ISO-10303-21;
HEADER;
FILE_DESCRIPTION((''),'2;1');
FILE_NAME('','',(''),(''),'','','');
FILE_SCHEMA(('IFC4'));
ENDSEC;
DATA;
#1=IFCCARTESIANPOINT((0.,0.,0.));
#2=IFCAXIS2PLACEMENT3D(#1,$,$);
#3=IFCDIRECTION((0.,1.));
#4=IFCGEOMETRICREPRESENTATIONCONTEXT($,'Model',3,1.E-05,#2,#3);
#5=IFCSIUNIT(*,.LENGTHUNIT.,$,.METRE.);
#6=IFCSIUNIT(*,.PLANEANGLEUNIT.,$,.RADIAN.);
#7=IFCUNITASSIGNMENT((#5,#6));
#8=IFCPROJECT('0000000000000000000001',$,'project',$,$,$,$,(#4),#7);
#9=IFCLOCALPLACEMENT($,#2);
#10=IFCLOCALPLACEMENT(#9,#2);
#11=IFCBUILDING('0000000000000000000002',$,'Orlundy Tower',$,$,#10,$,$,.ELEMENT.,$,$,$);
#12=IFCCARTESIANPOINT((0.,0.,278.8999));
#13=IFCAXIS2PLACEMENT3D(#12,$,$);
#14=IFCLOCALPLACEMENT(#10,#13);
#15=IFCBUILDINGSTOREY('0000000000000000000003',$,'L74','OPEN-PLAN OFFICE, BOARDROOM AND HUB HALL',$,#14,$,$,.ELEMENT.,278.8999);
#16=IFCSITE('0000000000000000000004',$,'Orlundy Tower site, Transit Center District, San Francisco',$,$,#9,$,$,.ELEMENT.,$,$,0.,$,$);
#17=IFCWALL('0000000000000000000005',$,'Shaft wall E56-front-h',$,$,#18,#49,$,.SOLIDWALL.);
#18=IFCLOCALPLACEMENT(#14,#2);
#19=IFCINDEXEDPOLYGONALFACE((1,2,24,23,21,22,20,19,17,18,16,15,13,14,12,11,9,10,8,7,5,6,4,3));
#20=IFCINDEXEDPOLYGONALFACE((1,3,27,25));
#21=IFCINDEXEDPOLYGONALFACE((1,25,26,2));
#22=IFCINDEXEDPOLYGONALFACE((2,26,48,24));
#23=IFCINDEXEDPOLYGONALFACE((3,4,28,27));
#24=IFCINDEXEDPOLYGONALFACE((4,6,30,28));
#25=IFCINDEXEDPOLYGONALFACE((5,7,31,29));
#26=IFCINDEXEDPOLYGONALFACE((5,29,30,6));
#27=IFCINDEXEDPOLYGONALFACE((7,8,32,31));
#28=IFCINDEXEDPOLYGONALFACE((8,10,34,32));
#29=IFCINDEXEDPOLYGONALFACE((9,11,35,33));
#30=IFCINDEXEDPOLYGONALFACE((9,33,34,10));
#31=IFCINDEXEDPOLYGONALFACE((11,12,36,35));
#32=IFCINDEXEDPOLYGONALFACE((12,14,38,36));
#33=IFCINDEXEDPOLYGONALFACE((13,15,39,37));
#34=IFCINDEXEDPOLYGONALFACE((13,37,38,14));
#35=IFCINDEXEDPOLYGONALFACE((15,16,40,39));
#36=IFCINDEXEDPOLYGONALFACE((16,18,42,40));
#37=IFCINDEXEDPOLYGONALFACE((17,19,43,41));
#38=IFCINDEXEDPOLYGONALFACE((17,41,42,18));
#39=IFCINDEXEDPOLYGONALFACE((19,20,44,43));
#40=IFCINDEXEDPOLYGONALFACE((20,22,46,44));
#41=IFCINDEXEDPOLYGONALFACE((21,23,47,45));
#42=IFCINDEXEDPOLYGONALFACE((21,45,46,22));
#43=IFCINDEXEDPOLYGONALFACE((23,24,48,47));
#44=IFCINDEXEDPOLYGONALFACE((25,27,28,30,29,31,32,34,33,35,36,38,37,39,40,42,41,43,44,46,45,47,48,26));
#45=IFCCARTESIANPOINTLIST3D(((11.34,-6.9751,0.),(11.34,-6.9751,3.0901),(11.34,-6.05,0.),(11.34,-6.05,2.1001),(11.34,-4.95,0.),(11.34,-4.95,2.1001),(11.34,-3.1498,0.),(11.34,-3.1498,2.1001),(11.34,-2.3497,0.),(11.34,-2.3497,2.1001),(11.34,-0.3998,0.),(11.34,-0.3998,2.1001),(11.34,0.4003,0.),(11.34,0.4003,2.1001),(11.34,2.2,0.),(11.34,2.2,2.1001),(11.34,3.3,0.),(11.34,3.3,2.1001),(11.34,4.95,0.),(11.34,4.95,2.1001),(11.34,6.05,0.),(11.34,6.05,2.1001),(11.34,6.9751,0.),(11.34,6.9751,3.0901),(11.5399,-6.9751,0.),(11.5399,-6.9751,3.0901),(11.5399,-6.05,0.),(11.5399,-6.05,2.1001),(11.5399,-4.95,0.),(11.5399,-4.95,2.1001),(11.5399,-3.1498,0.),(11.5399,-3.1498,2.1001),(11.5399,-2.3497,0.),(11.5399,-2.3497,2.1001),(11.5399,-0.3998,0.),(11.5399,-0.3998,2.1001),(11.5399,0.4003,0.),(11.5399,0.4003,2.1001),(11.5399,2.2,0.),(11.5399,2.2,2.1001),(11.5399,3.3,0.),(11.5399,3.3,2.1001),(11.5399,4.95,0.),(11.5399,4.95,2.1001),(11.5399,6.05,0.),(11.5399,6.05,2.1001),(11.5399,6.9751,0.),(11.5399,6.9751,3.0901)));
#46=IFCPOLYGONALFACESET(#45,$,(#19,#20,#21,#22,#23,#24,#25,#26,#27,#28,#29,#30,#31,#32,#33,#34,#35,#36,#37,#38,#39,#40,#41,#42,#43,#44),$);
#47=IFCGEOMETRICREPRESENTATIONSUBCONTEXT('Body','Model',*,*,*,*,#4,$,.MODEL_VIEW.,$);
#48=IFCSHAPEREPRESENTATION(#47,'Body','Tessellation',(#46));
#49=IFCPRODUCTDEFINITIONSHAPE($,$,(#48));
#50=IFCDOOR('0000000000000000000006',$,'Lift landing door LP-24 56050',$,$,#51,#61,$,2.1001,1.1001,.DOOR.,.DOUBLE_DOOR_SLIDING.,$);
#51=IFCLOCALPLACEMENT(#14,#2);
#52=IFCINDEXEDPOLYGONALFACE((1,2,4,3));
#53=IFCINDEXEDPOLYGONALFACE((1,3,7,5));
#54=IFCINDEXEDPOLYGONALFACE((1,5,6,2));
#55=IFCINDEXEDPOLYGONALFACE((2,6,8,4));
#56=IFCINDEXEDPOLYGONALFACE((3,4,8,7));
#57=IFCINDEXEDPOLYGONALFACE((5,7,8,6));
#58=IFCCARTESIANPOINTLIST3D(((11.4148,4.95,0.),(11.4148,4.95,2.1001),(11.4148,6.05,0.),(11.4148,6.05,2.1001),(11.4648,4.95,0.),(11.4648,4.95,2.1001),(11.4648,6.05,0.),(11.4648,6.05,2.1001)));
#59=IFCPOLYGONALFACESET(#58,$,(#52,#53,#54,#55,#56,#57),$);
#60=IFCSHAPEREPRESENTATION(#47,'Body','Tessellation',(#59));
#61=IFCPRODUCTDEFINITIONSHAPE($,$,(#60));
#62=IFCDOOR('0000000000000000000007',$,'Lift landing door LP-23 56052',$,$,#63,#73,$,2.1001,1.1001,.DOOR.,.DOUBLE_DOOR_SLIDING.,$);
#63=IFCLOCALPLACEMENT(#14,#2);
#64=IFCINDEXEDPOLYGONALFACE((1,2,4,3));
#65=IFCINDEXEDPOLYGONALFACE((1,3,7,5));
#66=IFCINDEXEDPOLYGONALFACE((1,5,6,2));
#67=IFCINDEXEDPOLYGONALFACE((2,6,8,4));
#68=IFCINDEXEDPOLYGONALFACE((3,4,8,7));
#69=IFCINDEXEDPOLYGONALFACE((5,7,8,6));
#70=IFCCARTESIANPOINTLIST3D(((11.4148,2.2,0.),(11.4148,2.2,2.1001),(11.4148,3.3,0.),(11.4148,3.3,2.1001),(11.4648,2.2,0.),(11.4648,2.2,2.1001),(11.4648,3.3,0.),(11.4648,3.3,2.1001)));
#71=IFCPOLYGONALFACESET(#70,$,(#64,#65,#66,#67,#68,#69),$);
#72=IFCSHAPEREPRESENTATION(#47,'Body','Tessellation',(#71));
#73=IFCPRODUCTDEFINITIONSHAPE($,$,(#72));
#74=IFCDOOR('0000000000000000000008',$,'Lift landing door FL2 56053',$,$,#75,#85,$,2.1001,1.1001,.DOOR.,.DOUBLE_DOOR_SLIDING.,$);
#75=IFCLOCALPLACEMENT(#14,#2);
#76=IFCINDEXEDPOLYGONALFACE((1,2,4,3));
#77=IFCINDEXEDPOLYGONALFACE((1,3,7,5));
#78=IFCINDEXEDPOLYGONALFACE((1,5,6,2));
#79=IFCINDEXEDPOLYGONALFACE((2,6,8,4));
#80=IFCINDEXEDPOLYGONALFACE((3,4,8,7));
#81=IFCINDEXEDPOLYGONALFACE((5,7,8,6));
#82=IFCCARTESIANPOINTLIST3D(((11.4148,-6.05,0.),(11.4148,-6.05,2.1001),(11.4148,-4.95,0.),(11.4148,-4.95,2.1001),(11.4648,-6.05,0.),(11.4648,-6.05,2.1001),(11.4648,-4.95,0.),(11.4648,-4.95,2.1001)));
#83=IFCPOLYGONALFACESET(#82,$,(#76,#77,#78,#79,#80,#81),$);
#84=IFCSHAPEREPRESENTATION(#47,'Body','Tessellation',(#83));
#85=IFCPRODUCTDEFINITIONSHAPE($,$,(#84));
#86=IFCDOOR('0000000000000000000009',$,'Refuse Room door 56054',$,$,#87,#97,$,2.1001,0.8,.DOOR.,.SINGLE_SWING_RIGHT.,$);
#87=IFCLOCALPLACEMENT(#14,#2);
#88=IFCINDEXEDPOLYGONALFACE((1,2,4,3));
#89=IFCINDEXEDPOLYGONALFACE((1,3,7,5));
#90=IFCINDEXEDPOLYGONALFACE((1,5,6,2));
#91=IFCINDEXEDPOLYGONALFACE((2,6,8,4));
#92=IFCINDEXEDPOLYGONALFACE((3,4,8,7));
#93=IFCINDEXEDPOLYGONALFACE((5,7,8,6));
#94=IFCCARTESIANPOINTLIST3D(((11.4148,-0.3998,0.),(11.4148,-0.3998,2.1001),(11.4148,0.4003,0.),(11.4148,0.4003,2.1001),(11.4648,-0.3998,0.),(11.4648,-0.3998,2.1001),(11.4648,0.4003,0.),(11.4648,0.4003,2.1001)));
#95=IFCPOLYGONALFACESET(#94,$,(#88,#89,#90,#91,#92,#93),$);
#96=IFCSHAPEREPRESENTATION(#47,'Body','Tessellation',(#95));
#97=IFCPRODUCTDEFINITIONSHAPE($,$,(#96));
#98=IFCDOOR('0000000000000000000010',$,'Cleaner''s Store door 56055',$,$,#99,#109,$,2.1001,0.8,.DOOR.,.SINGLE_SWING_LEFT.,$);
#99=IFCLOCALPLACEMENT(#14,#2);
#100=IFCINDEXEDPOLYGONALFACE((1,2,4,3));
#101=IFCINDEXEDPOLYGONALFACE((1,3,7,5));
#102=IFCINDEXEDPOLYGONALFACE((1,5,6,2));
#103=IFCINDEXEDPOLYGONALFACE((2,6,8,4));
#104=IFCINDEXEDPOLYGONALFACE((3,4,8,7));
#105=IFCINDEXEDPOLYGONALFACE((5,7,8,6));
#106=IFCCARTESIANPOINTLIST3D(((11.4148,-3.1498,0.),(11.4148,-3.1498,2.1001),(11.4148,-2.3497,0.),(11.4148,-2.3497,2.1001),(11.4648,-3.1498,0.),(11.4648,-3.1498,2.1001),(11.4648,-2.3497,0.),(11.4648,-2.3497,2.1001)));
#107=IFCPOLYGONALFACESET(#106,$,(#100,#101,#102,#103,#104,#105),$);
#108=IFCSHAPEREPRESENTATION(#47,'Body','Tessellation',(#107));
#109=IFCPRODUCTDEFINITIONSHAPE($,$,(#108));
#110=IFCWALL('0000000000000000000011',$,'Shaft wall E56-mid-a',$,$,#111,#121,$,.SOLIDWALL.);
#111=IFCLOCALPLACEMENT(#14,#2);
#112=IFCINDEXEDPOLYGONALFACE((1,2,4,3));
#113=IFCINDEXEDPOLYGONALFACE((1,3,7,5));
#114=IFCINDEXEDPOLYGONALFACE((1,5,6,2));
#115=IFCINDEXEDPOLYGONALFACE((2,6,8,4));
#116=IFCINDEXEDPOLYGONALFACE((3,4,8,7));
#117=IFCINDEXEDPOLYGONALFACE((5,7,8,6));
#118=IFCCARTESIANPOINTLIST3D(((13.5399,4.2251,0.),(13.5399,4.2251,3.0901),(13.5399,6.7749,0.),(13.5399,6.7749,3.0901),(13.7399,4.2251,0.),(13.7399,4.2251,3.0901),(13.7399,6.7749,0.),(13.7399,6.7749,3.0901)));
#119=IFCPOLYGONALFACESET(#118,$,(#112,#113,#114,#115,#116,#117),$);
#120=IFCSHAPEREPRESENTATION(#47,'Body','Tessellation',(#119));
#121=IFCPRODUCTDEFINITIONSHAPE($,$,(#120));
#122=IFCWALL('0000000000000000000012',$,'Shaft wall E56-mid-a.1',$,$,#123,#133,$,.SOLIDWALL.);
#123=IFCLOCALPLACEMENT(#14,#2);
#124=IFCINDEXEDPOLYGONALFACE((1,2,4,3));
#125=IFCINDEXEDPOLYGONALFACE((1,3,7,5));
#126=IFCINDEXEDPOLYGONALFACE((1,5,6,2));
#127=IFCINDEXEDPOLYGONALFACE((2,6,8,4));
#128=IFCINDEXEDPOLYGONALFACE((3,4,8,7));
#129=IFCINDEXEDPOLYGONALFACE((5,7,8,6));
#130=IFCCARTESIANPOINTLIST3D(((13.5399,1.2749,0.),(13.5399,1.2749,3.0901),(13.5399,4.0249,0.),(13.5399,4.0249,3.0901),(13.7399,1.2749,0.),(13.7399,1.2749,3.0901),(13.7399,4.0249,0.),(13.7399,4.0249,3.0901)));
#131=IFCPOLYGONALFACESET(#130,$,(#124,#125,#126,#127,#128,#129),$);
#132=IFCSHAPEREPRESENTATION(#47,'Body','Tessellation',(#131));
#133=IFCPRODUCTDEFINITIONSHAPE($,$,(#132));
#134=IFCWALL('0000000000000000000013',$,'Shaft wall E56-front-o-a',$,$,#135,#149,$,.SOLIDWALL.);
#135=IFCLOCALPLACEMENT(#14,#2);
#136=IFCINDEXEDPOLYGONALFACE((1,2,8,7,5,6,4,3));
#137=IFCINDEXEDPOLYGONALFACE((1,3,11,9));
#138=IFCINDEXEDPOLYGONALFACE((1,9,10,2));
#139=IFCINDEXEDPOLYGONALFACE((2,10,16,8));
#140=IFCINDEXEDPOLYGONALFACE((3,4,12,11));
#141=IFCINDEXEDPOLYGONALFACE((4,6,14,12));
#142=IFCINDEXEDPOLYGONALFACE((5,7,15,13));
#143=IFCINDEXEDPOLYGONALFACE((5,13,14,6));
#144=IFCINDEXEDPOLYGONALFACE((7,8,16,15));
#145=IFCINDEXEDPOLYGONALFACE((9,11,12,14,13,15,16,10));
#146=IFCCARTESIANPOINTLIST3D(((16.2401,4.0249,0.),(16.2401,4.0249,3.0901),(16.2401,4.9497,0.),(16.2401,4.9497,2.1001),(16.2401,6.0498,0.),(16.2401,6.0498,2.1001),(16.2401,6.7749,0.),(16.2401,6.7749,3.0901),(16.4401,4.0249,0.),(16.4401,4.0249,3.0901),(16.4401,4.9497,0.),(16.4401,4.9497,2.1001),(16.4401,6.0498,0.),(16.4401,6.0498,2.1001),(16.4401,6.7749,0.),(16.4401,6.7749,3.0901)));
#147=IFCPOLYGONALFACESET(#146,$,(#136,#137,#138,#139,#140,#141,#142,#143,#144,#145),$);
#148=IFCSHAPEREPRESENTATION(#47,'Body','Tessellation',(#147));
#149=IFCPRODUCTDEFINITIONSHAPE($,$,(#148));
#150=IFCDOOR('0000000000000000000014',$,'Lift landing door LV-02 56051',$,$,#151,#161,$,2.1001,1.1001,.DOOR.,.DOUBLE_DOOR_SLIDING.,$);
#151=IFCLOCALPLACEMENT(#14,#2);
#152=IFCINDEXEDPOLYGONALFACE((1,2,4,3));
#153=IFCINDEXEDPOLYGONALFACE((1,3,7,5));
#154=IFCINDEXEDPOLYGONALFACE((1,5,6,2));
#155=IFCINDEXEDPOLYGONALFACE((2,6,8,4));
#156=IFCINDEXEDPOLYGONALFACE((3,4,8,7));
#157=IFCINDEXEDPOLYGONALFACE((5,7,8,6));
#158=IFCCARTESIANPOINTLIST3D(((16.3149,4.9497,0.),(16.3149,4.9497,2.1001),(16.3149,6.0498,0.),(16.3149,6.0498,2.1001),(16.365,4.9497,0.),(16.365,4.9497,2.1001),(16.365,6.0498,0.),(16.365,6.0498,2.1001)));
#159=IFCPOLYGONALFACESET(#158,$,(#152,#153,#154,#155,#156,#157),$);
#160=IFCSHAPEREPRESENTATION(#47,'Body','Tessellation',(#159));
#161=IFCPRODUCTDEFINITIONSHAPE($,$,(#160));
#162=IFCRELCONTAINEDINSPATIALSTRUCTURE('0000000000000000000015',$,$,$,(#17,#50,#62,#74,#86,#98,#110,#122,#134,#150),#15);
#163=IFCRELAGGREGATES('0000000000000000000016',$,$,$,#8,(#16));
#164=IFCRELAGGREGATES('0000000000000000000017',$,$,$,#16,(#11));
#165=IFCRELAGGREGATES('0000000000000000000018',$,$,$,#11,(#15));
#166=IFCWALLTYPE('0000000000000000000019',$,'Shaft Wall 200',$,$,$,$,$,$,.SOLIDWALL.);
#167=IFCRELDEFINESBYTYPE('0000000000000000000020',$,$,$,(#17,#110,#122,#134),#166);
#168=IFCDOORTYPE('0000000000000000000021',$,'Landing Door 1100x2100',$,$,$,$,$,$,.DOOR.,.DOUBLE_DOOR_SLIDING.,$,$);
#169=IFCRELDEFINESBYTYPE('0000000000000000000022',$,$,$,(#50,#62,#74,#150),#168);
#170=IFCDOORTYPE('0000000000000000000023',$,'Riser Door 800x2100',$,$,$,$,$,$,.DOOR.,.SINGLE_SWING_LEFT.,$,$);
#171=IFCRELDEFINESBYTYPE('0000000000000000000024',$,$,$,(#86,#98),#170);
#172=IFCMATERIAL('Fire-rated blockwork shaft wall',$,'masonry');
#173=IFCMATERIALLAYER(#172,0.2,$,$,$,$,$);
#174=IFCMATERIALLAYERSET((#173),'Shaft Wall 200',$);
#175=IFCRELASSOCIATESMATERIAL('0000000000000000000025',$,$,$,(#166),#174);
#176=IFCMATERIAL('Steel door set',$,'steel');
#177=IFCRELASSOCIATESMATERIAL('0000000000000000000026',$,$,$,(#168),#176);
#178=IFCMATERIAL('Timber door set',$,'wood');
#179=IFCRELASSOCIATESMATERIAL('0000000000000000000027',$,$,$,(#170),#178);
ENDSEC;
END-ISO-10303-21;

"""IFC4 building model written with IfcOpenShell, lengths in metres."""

from ifc_helpers import new_model, si_unit, direction, frame, frame_2d, origin, place, context, subcontext, project, spatial, rectangle, extrude, material, layer, layer_set, type_object, element, fill, save


model = new_model("IFC4")

# Units and contexts
model_context = context("Model", 3, precision=1e-05, world=origin(), true_north=direction((0.0, 1.0)))
body_context = subcontext(model_context, "Body", "Model", "MODEL_VIEW")
ifc_project = project(units=[si_unit("LENGTHUNIT", "METRE"), si_unit("PLANEANGLEUNIT", "RADIAN")], contexts=[model_context])

# Site, building, storey
site_placement = place(None, origin())
site = spatial("IfcSite", under=ifc_project, at=site_placement, Name="Orlundy Tower site, Transit Center District, San Francisco", CompositionType="ELEMENT", RefElevation=0.0)
building_placement = place(site_placement, origin())
building = spatial("IfcBuilding", under=site, at=building_placement, Name="Orlundy Tower", CompositionType="ELEMENT")
storey_placement = place(building_placement, frame((0.0, 0.0, 278.8999)))
storey = spatial("IfcBuildingStorey", under=building, at=storey_placement, Name="L74", Description="OPEN-PLAN OFFICE, BOARDROOM AND HUB HALL", CompositionType="ELEMENT", Elevation=278.8999)

# Shared definitions
ifc_material_1 = material(Name="Fire-rated blockwork shaft wall", Category="masonry")
ifc_layer_1 = layer(ifc_material_1, 0.2)
ifc_layer_set_1 = layer_set([ifc_layer_1], Name="Shaft Wall 200")
wall_type_1 = type_object("IfcWallType", Name="Shaft Wall 200", PredefinedType="SOLIDWALL", material=ifc_layer_set_1)

# Wall, openings, doors
wall_1_placement = place(storey_placement, frame((11.4399, 6.9751, 0.0), z_axis=(0.0, 0.0, 1.0), x_axis=(0.0, -1.0, 0.0)))
wall_1 = element("IfcWall", 1, at=wall_1_placement, inside=storey, type_object=wall_type_1, Name="Shaft wall E56-front-h", PredefinedType="SOLIDWALL", context=body_context, shape_type="SweptSolid", body=[
    extrude(rectangle(XDim=13.9502, YDim=0.2, at=frame_2d((6.9751, 0.0))), origin(), (0.0, 0.0, 1.0), 3.0901),
])
opening_1_placement = place(wall_1_placement, frame((0.925, 0.0, 0.0)))
opening_1 = element("IfcOpeningElement", 2, at=opening_1_placement, cuts=wall_1, PredefinedType="OPENING", context=body_context, shape_type="SweptSolid", body=[
    extrude(rectangle(XDim=1.1001, YDim=2.1001, at=frame_2d((0.55, 1.05))), frame((0.0, 0.1101, 0.0), z_axis=(0.0, -1.0, 0.0), x_axis=(1.0, 0.0, 0.0)), (0.0, 0.0, 1.0), 0.2202),
])
opening_2_placement = place(wall_1_placement, frame((3.675, 0.0, 0.0)))
opening_2 = element("IfcOpeningElement", 3, at=opening_2_placement, cuts=wall_1, PredefinedType="OPENING", context=body_context, shape_type="SweptSolid", body=[
    extrude(rectangle(XDim=1.1001, YDim=2.1001, at=frame_2d((0.55, 1.05))), frame((0.0, 0.1101, 0.0), z_axis=(0.0, -1.0, 0.0), x_axis=(1.0, 0.0, 0.0)), (0.0, 0.0, 1.0), 0.2202),
])
opening_3_placement = place(wall_1_placement, frame((11.925, 0.0, 0.0)))
opening_3 = element("IfcOpeningElement", 4, at=opening_3_placement, cuts=wall_1, PredefinedType="OPENING", context=body_context, shape_type="SweptSolid", body=[
    extrude(rectangle(XDim=1.1001, YDim=2.1001, at=frame_2d((0.55, 1.05))), frame((0.0, 0.1101, 0.0), z_axis=(0.0, -1.0, 0.0), x_axis=(1.0, 0.0, 0.0)), (0.0, 0.0, 1.0), 0.2202),
])
opening_4_placement = place(wall_1_placement, frame((6.575, 0.0, 0.0)))
opening_4 = element("IfcOpeningElement", 5, at=opening_4_placement, cuts=wall_1, PredefinedType="OPENING", context=body_context, shape_type="SweptSolid", body=[
    extrude(rectangle(XDim=0.8, YDim=2.1001, at=frame_2d((0.3999, 1.05))), frame((0.0, 0.1101, 0.0), z_axis=(0.0, -1.0, 0.0), x_axis=(1.0, 0.0, 0.0)), (0.0, 0.0, 1.0), 0.2202),
])
opening_5_placement = place(wall_1_placement, frame((9.325, 0.0, 0.0)))
opening_5 = element("IfcOpeningElement", 6, at=opening_5_placement, cuts=wall_1, PredefinedType="OPENING", context=body_context, shape_type="SweptSolid", body=[
    extrude(rectangle(XDim=0.8, YDim=2.1001, at=frame_2d((0.3999, 1.05))), frame((0.0, 0.1101, 0.0), z_axis=(0.0, -1.0, 0.0), x_axis=(1.0, 0.0, 0.0)), (0.0, 0.0, 1.0), 0.2202),
])
ifc_material_2 = material(Name="Steel door set", Category="steel")
door_type_1 = type_object("IfcDoorType", Name="Landing Door 1100x2100", OperationType="DOUBLE_DOOR_SLIDING", PredefinedType="DOOR", material=ifc_material_2)
door_1_placement = place(opening_1_placement, origin())
door_1 = element("IfcDoor", 7, at=door_1_placement, inside=storey, type_object=door_type_1, Name="Lift landing door LP-24 56050", OperationType="DOUBLE_DOOR_SLIDING", OverallHeight=2.1001, OverallWidth=1.1001, PredefinedType="DOOR", context=body_context, shape_type="SweptSolid", body=[
    extrude(rectangle(XDim=1.1001, YDim=2.1001, at=frame_2d((0.55, 1.05))), frame((0.0, 0.0249, 0.0), z_axis=(0.0, -1.0, 0.0), x_axis=(1.0, 0.0, 0.0)), (0.0, 0.0, 1.0), 0.05),
])
fill(opening_1, door_1)
door_2_placement = place(opening_2_placement, origin())
door_2 = element("IfcDoor", 8, at=door_2_placement, inside=storey, type_object=door_type_1, Name="Lift landing door LP-23 56052", OperationType="DOUBLE_DOOR_SLIDING", OverallHeight=2.1001, OverallWidth=1.1001, PredefinedType="DOOR", context=body_context, shape_type="SweptSolid", body=[
    extrude(rectangle(XDim=1.1001, YDim=2.1001, at=frame_2d((0.55, 1.05))), frame((0.0, 0.0249, 0.0), z_axis=(0.0, -1.0, 0.0), x_axis=(1.0, 0.0, 0.0)), (0.0, 0.0, 1.0), 0.05),
])
fill(opening_2, door_2)
door_3_placement = place(opening_3_placement, origin())
door_3 = element("IfcDoor", 9, at=door_3_placement, inside=storey, type_object=door_type_1, Name="Lift landing door FL2 56053", OperationType="DOUBLE_DOOR_SLIDING", OverallHeight=2.1001, OverallWidth=1.1001, PredefinedType="DOOR", context=body_context, shape_type="SweptSolid", body=[
    extrude(rectangle(XDim=1.1001, YDim=2.1001, at=frame_2d((0.55, 1.05))), frame((0.0, 0.0249, 0.0), z_axis=(0.0, -1.0, 0.0), x_axis=(1.0, 0.0, 0.0)), (0.0, 0.0, 1.0), 0.05),
])
fill(opening_3, door_3)
ifc_material_3 = material(Name="Timber door set", Category="wood")
door_type_2 = type_object("IfcDoorType", Name="Riser Door 800x2100", OperationType="SINGLE_SWING_LEFT", PredefinedType="DOOR", material=ifc_material_3)
door_4_placement = place(opening_4_placement, origin())
door_4 = element("IfcDoor", 10, at=door_4_placement, inside=storey, type_object=door_type_2, Name="Refuse Room door 56054", OperationType="SINGLE_SWING_RIGHT", OverallHeight=2.1001, OverallWidth=0.8, PredefinedType="DOOR", context=body_context, shape_type="SweptSolid", body=[
    extrude(rectangle(XDim=0.8, YDim=2.1001, at=frame_2d((0.3999, 1.05))), frame((0.0, 0.0249, 0.0), z_axis=(0.0, -1.0, 0.0), x_axis=(1.0, 0.0, 0.0)), (0.0, 0.0, 1.0), 0.05),
])
fill(opening_4, door_4)
door_5_placement = place(opening_5_placement, origin())
door_5 = element("IfcDoor", 11, at=door_5_placement, inside=storey, type_object=door_type_2, Name="Cleaner's Store door 56055", OperationType="SINGLE_SWING_LEFT", OverallHeight=2.1001, OverallWidth=0.8, PredefinedType="DOOR", context=body_context, shape_type="SweptSolid", body=[
    extrude(rectangle(XDim=0.8, YDim=2.1001, at=frame_2d((0.3999, 1.05))), frame((0.0, 0.0249, 0.0), z_axis=(0.0, -1.0, 0.0), x_axis=(1.0, 0.0, 0.0)), (0.0, 0.0, 1.0), 0.05),
])
fill(opening_5, door_5)

# Walls
wall_2_placement = place(storey_placement, frame((13.6399, 6.7749, 0.0), z_axis=(0.0, 0.0, 1.0), x_axis=(0.0, -1.0, 0.0)))
element("IfcWall", 12, at=wall_2_placement, inside=storey, type_object=wall_type_1, Name="Shaft wall E56-mid-a", PredefinedType="SOLIDWALL", context=body_context, shape_type="SweptSolid", body=[
    extrude(rectangle(XDim=2.5498, YDim=0.2, at=frame_2d((1.2749, 0.0))), origin(), (0.0, 0.0, 1.0), 3.0901),
])
wall_3_placement = place(storey_placement, frame((13.6399, 4.0249, 0.0), z_axis=(0.0, 0.0, 1.0), x_axis=(0.0, -1.0, 0.0)))
element("IfcWall", 13, at=wall_3_placement, inside=storey, type_object=wall_type_1, Name="Shaft wall E56-mid-a.1", PredefinedType="SOLIDWALL", context=body_context, shape_type="SweptSolid", body=[
    extrude(rectangle(XDim=2.75, YDim=0.2, at=frame_2d((1.375, 0.0))), origin(), (0.0, 0.0, 1.0), 3.0901),
])

# Wall, opening, door
wall_4_placement = place(storey_placement, frame((16.3401, 6.7749, 0.0), z_axis=(0.0, 0.0, 1.0), x_axis=(0.0, -1.0, 0.0)))
wall_4 = element("IfcWall", 14, at=wall_4_placement, inside=storey, type_object=wall_type_1, Name="Shaft wall E56-front-o-a", PredefinedType="SOLIDWALL", context=body_context, shape_type="SweptSolid", body=[
    extrude(rectangle(XDim=2.75, YDim=0.2, at=frame_2d((1.375, 0.0))), origin(), (0.0, 0.0, 1.0), 3.0901),
])
opening_6_placement = place(wall_4_placement, frame((0.7251, 0.0, 0.0)))
opening_6 = element("IfcOpeningElement", 15, at=opening_6_placement, cuts=wall_4, PredefinedType="OPENING", context=body_context, shape_type="SweptSolid", body=[
    extrude(rectangle(XDim=1.1001, YDim=2.1001, at=frame_2d((0.55, 1.05))), frame((0.0, 0.1101, 0.0), z_axis=(0.0, -1.0, 0.0), x_axis=(1.0, 0.0, 0.0)), (0.0, 0.0, 1.0), 0.2202),
])
door_6_placement = place(opening_6_placement, origin())
door_6 = element("IfcDoor", 16, at=door_6_placement, inside=storey, type_object=door_type_1, Name="Lift landing door LV-02 56051", OperationType="DOUBLE_DOOR_SLIDING", OverallHeight=2.1001, OverallWidth=1.1001, PredefinedType="DOOR", context=body_context, shape_type="SweptSolid", body=[
    extrude(rectangle(XDim=1.1001, YDim=2.1001, at=frame_2d((0.55, 1.05))), frame((0.0, 0.0249, 0.0), z_axis=(0.0, -1.0, 0.0), x_axis=(1.0, 0.0, 0.0)), (0.0, 0.0, 1.0), 0.05),
])
fill(opening_6, door_6)

save(model, "model.ifc")
